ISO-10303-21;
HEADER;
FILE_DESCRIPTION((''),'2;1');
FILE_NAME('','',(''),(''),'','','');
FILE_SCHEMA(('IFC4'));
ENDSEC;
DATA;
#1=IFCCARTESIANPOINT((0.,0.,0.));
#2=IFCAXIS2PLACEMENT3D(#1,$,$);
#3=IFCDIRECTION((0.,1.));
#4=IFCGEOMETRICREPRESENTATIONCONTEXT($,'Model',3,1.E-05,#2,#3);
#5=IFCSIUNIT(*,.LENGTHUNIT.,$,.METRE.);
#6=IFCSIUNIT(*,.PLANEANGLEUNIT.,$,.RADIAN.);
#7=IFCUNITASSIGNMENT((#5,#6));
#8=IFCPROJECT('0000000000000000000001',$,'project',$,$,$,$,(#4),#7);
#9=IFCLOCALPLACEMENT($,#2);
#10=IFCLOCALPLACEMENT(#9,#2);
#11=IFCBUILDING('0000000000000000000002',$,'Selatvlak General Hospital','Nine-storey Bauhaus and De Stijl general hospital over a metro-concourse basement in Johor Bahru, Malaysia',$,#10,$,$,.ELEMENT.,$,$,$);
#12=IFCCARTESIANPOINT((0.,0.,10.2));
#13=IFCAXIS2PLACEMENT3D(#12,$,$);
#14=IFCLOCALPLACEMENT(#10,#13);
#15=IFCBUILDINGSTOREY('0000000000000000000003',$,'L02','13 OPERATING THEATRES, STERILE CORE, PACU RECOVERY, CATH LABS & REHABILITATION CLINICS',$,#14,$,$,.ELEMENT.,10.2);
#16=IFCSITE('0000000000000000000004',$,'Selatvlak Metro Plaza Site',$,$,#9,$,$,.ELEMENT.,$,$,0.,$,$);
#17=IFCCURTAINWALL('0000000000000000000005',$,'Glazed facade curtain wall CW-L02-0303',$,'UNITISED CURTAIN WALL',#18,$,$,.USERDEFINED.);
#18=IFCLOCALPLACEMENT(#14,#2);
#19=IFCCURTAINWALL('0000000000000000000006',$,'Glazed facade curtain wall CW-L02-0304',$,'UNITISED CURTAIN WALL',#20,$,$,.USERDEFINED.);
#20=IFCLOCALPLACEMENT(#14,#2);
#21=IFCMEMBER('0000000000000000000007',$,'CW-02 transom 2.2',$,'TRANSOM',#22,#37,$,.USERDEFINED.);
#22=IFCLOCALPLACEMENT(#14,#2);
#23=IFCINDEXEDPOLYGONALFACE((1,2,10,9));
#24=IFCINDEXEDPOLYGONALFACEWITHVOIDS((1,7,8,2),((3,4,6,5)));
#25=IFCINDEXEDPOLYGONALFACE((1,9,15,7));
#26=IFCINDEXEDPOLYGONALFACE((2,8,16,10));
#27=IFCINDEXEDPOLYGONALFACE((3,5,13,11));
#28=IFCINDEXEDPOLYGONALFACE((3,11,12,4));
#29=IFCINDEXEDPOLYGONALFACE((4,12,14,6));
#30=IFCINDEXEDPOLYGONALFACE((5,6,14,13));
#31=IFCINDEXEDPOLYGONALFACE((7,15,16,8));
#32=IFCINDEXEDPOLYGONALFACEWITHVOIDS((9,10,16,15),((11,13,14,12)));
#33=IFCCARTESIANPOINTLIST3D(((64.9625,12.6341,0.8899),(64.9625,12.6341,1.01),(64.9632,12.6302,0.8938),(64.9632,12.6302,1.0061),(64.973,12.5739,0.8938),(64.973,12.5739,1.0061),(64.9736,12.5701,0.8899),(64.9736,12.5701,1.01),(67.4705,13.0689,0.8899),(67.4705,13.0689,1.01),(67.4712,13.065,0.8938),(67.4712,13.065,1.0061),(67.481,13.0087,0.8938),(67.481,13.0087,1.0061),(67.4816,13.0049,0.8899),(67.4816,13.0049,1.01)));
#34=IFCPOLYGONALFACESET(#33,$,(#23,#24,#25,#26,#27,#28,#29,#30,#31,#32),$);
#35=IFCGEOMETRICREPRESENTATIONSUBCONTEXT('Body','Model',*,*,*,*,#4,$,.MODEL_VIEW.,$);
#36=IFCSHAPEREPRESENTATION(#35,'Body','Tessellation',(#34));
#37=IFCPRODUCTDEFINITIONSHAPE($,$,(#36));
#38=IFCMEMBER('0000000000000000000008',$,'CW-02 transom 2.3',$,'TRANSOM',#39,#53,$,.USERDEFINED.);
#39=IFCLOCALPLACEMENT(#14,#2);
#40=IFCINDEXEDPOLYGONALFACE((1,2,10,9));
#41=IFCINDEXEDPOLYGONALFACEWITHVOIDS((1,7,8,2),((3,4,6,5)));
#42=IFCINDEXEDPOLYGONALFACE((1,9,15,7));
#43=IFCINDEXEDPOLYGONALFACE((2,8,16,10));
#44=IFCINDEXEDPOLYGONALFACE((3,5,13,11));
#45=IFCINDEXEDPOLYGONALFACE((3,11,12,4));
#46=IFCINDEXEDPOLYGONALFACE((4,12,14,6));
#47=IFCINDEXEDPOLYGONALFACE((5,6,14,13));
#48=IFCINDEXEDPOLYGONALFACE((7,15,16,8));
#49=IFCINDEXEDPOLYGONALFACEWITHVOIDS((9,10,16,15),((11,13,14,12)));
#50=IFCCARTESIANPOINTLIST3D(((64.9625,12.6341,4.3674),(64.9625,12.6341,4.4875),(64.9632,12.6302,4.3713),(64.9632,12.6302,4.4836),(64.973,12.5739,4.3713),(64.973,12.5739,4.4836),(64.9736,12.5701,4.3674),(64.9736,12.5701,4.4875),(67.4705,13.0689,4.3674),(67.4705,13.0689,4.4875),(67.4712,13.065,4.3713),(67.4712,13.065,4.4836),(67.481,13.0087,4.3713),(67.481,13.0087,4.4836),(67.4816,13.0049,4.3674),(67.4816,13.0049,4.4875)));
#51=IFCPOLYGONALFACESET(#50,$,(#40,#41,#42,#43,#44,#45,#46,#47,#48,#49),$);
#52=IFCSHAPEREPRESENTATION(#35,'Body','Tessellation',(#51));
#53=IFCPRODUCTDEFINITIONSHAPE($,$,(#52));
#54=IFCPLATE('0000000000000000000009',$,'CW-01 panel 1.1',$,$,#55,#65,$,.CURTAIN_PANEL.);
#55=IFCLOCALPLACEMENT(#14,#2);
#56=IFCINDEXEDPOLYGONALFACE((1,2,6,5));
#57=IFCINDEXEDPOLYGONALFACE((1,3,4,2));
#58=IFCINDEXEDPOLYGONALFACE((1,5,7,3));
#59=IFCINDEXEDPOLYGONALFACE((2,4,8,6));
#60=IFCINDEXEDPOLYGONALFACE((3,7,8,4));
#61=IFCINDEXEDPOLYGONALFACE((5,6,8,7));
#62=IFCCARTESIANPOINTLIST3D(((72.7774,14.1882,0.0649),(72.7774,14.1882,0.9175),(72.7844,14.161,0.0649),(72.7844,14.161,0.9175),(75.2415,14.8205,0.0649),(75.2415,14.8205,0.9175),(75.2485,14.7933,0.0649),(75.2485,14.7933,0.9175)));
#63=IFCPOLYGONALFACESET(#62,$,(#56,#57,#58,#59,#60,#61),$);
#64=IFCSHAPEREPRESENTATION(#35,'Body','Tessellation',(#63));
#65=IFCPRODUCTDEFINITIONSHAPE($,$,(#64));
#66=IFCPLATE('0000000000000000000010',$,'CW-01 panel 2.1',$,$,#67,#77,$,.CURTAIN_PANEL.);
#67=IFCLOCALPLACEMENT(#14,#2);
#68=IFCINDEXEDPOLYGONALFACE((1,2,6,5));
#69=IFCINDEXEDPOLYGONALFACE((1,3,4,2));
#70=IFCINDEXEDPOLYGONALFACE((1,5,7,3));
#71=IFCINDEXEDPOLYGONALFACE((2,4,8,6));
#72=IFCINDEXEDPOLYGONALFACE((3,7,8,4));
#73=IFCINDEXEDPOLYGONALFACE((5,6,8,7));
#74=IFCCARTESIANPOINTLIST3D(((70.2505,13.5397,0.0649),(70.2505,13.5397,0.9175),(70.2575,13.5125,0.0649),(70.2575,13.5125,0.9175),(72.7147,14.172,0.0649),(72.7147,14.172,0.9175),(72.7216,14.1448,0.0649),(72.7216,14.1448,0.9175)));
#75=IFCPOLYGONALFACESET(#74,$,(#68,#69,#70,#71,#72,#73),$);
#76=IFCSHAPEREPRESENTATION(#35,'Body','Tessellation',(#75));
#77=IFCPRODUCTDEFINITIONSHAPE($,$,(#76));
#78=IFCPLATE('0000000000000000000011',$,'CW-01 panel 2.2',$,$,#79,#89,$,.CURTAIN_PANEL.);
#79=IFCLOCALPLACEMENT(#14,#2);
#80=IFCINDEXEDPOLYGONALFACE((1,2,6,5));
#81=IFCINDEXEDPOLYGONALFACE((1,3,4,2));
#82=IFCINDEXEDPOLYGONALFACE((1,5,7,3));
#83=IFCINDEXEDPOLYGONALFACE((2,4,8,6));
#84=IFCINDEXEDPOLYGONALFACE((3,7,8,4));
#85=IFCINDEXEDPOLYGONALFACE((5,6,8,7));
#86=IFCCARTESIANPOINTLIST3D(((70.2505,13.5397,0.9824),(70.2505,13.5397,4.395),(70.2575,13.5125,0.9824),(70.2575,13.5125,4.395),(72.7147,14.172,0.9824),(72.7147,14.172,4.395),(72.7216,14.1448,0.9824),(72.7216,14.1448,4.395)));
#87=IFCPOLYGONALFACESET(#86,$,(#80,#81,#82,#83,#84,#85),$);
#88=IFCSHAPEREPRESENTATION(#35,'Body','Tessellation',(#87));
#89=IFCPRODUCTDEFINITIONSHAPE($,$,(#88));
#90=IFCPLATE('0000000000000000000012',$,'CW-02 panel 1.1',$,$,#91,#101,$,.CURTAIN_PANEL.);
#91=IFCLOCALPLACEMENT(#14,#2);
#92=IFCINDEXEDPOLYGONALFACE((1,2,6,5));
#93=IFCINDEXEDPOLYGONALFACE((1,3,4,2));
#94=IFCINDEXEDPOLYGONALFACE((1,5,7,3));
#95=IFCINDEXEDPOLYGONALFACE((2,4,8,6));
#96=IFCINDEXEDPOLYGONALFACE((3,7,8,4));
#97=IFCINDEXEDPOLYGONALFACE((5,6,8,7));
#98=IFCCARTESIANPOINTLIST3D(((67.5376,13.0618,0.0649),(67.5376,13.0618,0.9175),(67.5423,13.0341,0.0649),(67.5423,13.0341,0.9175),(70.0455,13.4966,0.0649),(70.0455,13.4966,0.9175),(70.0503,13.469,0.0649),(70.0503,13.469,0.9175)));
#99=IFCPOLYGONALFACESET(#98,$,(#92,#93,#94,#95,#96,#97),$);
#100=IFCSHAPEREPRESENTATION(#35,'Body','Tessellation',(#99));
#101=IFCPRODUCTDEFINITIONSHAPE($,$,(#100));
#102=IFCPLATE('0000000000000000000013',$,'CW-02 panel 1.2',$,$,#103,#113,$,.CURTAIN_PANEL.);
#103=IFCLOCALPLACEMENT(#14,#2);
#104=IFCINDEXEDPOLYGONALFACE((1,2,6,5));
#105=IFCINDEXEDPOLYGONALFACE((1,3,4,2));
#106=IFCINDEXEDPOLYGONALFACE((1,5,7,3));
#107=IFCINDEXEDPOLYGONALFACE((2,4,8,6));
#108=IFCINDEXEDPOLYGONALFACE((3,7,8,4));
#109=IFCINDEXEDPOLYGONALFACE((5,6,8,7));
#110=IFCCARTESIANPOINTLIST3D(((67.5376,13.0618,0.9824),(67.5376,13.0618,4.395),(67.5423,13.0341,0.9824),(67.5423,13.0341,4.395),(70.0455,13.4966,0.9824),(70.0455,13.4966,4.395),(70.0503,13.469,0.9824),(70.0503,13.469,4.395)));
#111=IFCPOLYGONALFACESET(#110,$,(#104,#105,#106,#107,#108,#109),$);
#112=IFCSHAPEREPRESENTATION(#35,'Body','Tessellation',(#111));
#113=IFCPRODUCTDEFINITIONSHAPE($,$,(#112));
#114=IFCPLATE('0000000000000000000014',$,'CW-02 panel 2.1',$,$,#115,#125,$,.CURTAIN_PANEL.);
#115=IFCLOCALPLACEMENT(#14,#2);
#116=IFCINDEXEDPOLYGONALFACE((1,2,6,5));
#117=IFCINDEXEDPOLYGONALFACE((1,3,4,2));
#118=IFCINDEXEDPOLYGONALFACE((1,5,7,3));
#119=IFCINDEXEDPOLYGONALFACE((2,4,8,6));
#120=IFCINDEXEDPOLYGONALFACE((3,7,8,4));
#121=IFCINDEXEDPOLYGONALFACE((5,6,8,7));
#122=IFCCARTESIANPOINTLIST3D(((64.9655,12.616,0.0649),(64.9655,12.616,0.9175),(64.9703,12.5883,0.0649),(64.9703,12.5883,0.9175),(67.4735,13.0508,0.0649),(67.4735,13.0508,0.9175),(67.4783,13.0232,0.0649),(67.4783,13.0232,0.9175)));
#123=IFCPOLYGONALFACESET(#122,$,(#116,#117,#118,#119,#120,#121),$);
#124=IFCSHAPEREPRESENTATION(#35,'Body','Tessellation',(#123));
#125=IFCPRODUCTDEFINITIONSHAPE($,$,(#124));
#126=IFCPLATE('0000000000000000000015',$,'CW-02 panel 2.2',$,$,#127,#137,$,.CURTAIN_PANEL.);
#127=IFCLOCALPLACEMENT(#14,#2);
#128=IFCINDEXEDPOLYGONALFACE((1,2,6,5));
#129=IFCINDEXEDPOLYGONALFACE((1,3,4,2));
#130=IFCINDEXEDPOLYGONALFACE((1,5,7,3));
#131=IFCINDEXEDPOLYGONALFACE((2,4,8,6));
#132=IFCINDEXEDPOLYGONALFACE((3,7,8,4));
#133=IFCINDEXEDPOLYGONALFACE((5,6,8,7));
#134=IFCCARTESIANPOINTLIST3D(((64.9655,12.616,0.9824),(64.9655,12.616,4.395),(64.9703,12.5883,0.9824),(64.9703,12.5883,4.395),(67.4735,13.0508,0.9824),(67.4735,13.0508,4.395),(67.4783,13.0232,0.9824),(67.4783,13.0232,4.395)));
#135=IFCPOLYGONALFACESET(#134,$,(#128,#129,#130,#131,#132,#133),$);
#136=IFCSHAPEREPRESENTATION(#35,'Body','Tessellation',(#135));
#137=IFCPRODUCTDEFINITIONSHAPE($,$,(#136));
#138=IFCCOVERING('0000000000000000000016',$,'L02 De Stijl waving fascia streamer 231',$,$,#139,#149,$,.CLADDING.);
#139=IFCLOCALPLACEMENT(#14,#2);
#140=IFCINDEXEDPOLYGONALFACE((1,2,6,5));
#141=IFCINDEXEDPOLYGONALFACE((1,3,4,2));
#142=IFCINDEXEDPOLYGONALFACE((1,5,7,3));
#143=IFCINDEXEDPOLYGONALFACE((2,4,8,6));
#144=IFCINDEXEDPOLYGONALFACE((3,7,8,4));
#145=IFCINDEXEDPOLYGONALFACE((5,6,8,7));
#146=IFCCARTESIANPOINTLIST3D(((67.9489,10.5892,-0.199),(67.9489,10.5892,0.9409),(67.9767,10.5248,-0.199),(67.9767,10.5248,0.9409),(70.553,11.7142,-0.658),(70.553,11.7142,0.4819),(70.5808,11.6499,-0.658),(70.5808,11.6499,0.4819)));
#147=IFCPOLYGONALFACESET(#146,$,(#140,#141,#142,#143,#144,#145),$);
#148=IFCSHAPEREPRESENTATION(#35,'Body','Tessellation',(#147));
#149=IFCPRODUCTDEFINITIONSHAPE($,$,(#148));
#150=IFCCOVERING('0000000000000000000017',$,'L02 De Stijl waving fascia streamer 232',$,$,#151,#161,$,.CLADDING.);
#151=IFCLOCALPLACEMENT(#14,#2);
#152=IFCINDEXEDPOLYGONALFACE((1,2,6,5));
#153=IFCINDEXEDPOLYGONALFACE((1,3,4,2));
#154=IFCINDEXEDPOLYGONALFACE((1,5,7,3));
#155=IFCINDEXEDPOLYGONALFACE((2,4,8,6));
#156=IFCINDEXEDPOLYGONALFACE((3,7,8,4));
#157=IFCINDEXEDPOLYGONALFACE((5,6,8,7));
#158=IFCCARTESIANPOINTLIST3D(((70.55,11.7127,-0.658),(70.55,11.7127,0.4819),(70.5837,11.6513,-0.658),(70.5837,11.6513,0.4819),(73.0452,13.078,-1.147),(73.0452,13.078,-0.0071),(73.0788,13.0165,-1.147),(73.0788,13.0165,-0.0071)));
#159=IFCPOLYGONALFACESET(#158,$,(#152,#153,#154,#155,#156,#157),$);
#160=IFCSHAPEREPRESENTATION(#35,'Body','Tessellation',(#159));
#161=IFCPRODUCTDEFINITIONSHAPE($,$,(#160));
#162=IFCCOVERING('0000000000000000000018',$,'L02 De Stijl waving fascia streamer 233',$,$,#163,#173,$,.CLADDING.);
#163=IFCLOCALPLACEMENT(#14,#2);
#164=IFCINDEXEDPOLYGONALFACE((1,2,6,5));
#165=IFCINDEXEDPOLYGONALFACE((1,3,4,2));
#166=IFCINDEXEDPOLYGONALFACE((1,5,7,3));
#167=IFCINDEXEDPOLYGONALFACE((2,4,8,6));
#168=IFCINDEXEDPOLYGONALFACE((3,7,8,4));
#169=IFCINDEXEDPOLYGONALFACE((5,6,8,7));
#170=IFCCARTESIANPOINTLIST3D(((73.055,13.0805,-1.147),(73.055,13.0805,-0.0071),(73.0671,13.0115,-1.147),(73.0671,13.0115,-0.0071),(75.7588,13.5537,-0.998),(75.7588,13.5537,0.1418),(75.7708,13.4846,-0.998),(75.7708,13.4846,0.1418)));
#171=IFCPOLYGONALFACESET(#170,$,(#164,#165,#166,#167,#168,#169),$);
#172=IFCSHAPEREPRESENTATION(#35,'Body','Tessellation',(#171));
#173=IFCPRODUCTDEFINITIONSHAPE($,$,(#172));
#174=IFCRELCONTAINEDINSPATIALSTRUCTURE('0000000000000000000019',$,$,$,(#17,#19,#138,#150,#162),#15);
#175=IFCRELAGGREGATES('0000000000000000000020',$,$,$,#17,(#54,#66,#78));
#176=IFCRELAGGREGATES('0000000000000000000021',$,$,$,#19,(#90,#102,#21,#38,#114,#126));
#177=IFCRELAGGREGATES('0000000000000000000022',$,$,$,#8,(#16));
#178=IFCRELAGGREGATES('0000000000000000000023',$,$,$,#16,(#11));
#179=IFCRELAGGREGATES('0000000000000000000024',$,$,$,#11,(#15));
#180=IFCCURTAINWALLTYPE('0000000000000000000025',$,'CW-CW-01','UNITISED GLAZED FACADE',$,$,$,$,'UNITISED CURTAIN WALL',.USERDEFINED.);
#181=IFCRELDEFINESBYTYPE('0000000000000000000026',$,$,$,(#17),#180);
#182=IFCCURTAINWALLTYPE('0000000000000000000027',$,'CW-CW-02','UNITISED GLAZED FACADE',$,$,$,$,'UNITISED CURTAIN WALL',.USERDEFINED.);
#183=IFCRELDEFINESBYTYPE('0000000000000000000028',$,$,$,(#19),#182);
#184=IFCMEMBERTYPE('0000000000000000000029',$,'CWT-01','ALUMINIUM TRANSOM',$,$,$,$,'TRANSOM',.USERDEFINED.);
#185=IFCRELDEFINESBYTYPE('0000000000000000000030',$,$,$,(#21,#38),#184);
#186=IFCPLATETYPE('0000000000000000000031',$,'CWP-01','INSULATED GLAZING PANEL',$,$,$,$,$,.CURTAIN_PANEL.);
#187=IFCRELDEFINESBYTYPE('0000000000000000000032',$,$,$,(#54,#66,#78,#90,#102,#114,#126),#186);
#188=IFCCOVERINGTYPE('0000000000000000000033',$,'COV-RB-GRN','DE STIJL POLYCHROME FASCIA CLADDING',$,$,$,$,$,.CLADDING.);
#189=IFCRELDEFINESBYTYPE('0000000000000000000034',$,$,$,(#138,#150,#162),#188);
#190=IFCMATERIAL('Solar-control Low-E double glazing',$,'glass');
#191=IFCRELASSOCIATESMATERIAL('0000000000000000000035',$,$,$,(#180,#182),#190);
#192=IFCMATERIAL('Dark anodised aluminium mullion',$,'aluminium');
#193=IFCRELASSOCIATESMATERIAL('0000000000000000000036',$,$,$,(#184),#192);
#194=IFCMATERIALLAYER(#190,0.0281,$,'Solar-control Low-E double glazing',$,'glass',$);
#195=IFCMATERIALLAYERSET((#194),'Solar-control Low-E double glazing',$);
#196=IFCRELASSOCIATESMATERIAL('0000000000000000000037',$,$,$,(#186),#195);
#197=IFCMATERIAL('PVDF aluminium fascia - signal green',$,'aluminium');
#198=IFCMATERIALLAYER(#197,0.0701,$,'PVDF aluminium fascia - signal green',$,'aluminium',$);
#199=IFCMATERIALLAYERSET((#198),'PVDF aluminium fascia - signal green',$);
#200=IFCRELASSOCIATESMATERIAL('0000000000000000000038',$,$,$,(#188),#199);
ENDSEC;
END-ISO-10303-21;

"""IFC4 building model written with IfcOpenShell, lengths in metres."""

from ifc_helpers import new_model, si_unit, direction, frame, origin, origin_2d, place, context, subcontext, project, spatial, polyline, rectangle, hollow_rectangle, outline, extrude, material, layer, layer_set, material_profile, profile_set, type_object, element, aggregate, save


model = new_model("IFC4")

# Units and contexts
model_context = context("Model", 3, precision=1e-05, world=origin(), true_north=direction((0.0, 1.0)))
body_context = subcontext(model_context, "Body", "Model", "MODEL_VIEW")
ifc_project = project(units=[si_unit("LENGTHUNIT", "METRE"), si_unit("PLANEANGLEUNIT", "RADIAN")], contexts=[model_context])

# Site, building, storey
site_placement = place(None, origin())
site = spatial("IfcSite", under=ifc_project, at=site_placement, Name="Selatvlak Metro Plaza Site", CompositionType="ELEMENT", RefElevation=0.0)
building_placement = place(site_placement, origin())
building = spatial("IfcBuilding", under=site, at=building_placement, Name="Selatvlak General Hospital", Description="Nine-storey Bauhaus and De Stijl general hospital over a metro-concourse basement in Johor Bahru, Malaysia", CompositionType="ELEMENT")
storey_placement = place(building_placement, frame((0.0, 0.0, 10.2)))
storey = spatial("IfcBuildingStorey", under=building, at=storey_placement, Name="L02", Description="13 OPERATING THEATRES, STERILE CORE, PACU RECOVERY, CATH LABS & REHABILITATION CLINICS", CompositionType="ELEMENT", Elevation=10.2)

# Curtain walls
ifc_material_1 = material(Name="Solar-control Low-E double glazing", Category="glass")
curtain_wall_type_1 = type_object("IfcCurtainWallType", Name="CW-CW-01", Description="UNITISED GLAZED FACADE", ElementType="UNITISED CURTAIN WALL", PredefinedType="USERDEFINED", material=ifc_material_1)
curtain_wall_1_placement = place(storey_placement, origin())
curtain_wall_1 = element("IfcCurtainWall", 1, at=curtain_wall_1_placement, inside=storey, type_object=curtain_wall_type_1, Name="Glazed facade curtain wall CW-L02-0303", ObjectType="UNITISED CURTAIN WALL", PredefinedType="USERDEFINED")
ifc_material_2 = material(Name="Dark anodised aluminium mullion", Category="aluminium")
curtain_wall_type_2 = type_object("IfcCurtainWallType", Name="CW-CW-02", Description="UNITISED GLAZED FACADE", ElementType="UNITISED CURTAIN WALL", PredefinedType="USERDEFINED", material=ifc_material_1)
curtain_wall_2_placement = place(storey_placement, origin())
curtain_wall_2 = element("IfcCurtainWall", 2, at=curtain_wall_2_placement, inside=storey, type_object=curtain_wall_type_2, Name="Glazed facade curtain wall CW-L02-0304", ObjectType="UNITISED CURTAIN WALL", PredefinedType="USERDEFINED")

# Members
ifc_material_profile_1 = material_profile(ifc_material_2, hollow_rectangle(XDim=0.0649, YDim=0.1201, WallThickness=0.0039, at=origin_2d()), Name="AL-TRN 65x120x4")
ifc_profile_set_1 = profile_set([ifc_material_profile_1], Name="Dark anodised aluminium mullion")
member_type_1 = type_object("IfcMemberType", Name="CWT-01", Description="ALUMINIUM TRANSOM", ElementType="TRANSOM", PredefinedType="USERDEFINED", material=ifc_profile_set_1)
member_1_placement = place(storey_placement, frame((67.4761, 13.0369, 0.95), z_axis=(-0.985302, -0.170819, 0.0), x_axis=(0.170819, -0.985302, 0.0)))
member_1 = element("IfcMember", 3, at=member_1_placement, type_object=member_type_1, Name="CW-02 transom 2.2", ObjectType="TRANSOM", PredefinedType="USERDEFINED", context=body_context, shape_type="SweptSolid", body=[
    extrude(hollow_rectangle(XDim=0.0649, YDim=0.1201, WallThickness=0.0039, at=origin_2d()), origin(), (0.0, 0.0, 1.0), 2.5454),
])
member_2_placement = place(storey_placement, frame((67.4761, 13.0369, 4.4275), z_axis=(-0.985302, -0.170819, 0.0), x_axis=(0.170819, -0.985302, 0.0)))
member_2 = element("IfcMember", 4, at=member_2_placement, type_object=member_type_1, Name="CW-02 transom 2.3", ObjectType="TRANSOM", PredefinedType="USERDEFINED", context=body_context, shape_type="SweptSolid", body=[
    extrude(hollow_rectangle(XDim=0.0649, YDim=0.1201, WallThickness=0.0039, at=origin_2d()), origin(), (0.0, 0.0, 1.0), 2.5454),
])

# Plates
ifc_layer_1 = layer(ifc_material_1, 0.0281, Name="Solar-control Low-E double glazing", Category="glass")
ifc_layer_set_1 = layer_set([ifc_layer_1], Name="Solar-control Low-E double glazing")
plate_type = type_object("IfcPlateType", Name="CWP-01", Description="INSULATED GLAZING PANEL", PredefinedType="CURTAIN_PANEL", material=ifc_layer_set_1)
plate_1_placement = place(storey_placement, frame((74.0129, 14.4907, 0.0649), z_axis=(0.0, 0.0, 1.0), x_axis=(-0.968621, -0.248544, 0.0)))
plate_1 = element("IfcPlate", 5, at=plate_1_placement, type_object=plate_type, Name="CW-01 panel 1.1", PredefinedType="CURTAIN_PANEL", context=body_context, shape_type="SweptSolid", body=[
    extrude(rectangle(XDim=2.5439, YDim=0.0281, at=origin_2d()), origin(), (0.0, 0.0, 1.0), 0.8525),
])
plate_2_placement = place(storey_placement, frame((71.4861, 13.8423, 0.0649), z_axis=(0.0, 0.0, 1.0), x_axis=(-0.968621, -0.248544, 0.0)))
plate_2 = element("IfcPlate", 6, at=plate_2_placement, type_object=plate_type, Name="CW-01 panel 2.1", PredefinedType="CURTAIN_PANEL", context=body_context, shape_type="SweptSolid", body=[
    extrude(rectangle(XDim=2.5439, YDim=0.0281, at=origin_2d()), origin(), (0.0, 0.0, 1.0), 0.8525),
])
plate_3_placement = place(storey_placement, frame((71.4861, 13.8423, 0.9824), z_axis=(0.0, 0.0, 1.0), x_axis=(-0.968621, -0.248544, 0.0)))
plate_3 = element("IfcPlate", 7, at=plate_3_placement, type_object=plate_type, Name="CW-01 panel 2.2", PredefinedType="CURTAIN_PANEL", context=body_context, shape_type="SweptSolid", body=[
    extrude(rectangle(XDim=2.5439, YDim=0.0281, at=origin_2d()), origin(), (0.0, 0.0, 1.0), 3.4126),
])
aggregate(curtain_wall_1, [plate_1, plate_2, plate_3])
plate_4_placement = place(storey_placement, frame((68.7939, 13.2654, 0.0649), z_axis=(0.0, 0.0, 1.0), x_axis=(-0.985299, -0.170838, 0.0)))
plate_4 = element("IfcPlate", 8, at=plate_4_placement, type_object=plate_type, Name="CW-02 panel 1.1", PredefinedType="CURTAIN_PANEL", context=body_context, shape_type="SweptSolid", body=[
    extrude(rectangle(XDim=2.5454, YDim=0.0281, at=origin_2d()), origin(), (0.0, 0.0, 1.0), 0.8525),
])
plate_5_placement = place(storey_placement, frame((68.7939, 13.2654, 0.9824), z_axis=(0.0, 0.0, 1.0), x_axis=(-0.985299, -0.170838, 0.0)))
plate_5 = element("IfcPlate", 9, at=plate_5_placement, type_object=plate_type, Name="CW-02 panel 1.2", PredefinedType="CURTAIN_PANEL", context=body_context, shape_type="SweptSolid", body=[
    extrude(rectangle(XDim=2.5454, YDim=0.0281, at=origin_2d()), origin(), (0.0, 0.0, 1.0), 3.4126),
])
plate_6_placement = place(storey_placement, frame((66.2219, 12.8196, 0.0649), z_axis=(0.0, 0.0, 1.0), x_axis=(-0.985299, -0.170838, 0.0)))
plate_6 = element("IfcPlate", 10, at=plate_6_placement, type_object=plate_type, Name="CW-02 panel 2.1", PredefinedType="CURTAIN_PANEL", context=body_context, shape_type="SweptSolid", body=[
    extrude(rectangle(XDim=2.5454, YDim=0.0281, at=origin_2d()), origin(), (0.0, 0.0, 1.0), 0.8525),
])
plate_7_placement = place(storey_placement, frame((66.2219, 12.8196, 0.9824), z_axis=(0.0, 0.0, 1.0), x_axis=(-0.985299, -0.170838, 0.0)))
plate_7 = element("IfcPlate", 11, at=plate_7_placement, type_object=plate_type, Name="CW-02 panel 2.2", PredefinedType="CURTAIN_PANEL", context=body_context, shape_type="SweptSolid", body=[
    extrude(rectangle(XDim=2.5454, YDim=0.0281, at=origin_2d()), origin(), (0.0, 0.0, 1.0), 3.4126),
])
aggregate(curtain_wall_2, [plate_4, plate_5, member_1, member_2, plate_6, plate_7])

# Coverings
ifc_material_3 = material(Name="PVDF aluminium fascia - signal green", Category="aluminium")
ifc_layer_2 = layer(ifc_material_3, 0.0701, Name="PVDF aluminium fascia - signal green", Category="aluminium")
ifc_layer_set_2 = layer_set([ifc_layer_2], Name="PVDF aluminium fascia - signal green")
covering_type = type_object("IfcCoveringType", Name="COV-RB-GRN", Description="DE STIJL POLYCHROME FASCIA CLADDING", PredefinedType="CLADDING", material=ifc_layer_set_2)
covering_1_placement = place(storey_placement, frame((67.9629, 10.5569, -0.199), z_axis=(0.0, 0.0, 1.0), x_axis=(0.917993, 0.396598, 0.0)))
element("IfcCovering", 12, at=covering_1_placement, inside=storey, type_object=covering_type, Name="L02 De Stijl waving fascia streamer 231", PredefinedType="CLADDING", context=body_context, shape_type="SweptSolid", body=[
    extrude(outline(polyline([(0.0, 0.0), (2.8367, -0.459), (2.8367, 0.6809), (0.0, 1.1399), (0.0, 0.0)])), frame((0.0, 0.0352, 0.0), z_axis=(0.0, -1.0, 0.0), x_axis=(1.0, 0.0, 0.0)), (0.0, 0.0, 1.0), 0.0701),
])
covering_2_placement = place(storey_placement, frame((70.5669, 11.6819, -0.658), z_axis=(0.0, 0.0, 1.0), x_axis=(0.877265, 0.480006, 0.0)))
element("IfcCovering", 13, at=covering_2_placement, inside=storey, type_object=covering_type, Name="L02 De Stijl waving fascia streamer 232", PredefinedType="CLADDING", context=body_context, shape_type="SweptSolid", body=[
    extrude(outline(polyline([(0.0, 0.0), (2.8442, -0.489), (2.8442, 0.6509), (0.0, 1.1399), (0.0, 0.0)])), frame((0.0, 0.0352, 0.0), z_axis=(0.0, -1.0, 0.0), x_axis=(1.0, 0.0, 0.0)), (0.0, 0.0, 1.0), 0.0701),
])
covering_3_placement = place(storey_placement, frame((73.061, 13.0459, -1.147), z_axis=(0.0, 0.0, 1.0), x_axis=(0.985032, 0.17237, 0.0)))
element("IfcCovering", 14, at=covering_3_placement, inside=storey, type_object=covering_type, Name="L02 De Stijl waving fascia streamer 233", PredefinedType="CLADDING", context=body_context, shape_type="SweptSolid", body=[
    extrude(outline(polyline([(0.0, 0.0), (2.7449, 0.1489), (2.7449, 1.2888), (0.0, 1.1399), (0.0, 0.0)])), frame((0.0, 0.0352, 0.0), z_axis=(0.0, -1.0, 0.0), x_axis=(1.0, 0.0, 0.0)), (0.0, 0.0, 1.0), 0.0701),
])

save(model, "model.ifc")
